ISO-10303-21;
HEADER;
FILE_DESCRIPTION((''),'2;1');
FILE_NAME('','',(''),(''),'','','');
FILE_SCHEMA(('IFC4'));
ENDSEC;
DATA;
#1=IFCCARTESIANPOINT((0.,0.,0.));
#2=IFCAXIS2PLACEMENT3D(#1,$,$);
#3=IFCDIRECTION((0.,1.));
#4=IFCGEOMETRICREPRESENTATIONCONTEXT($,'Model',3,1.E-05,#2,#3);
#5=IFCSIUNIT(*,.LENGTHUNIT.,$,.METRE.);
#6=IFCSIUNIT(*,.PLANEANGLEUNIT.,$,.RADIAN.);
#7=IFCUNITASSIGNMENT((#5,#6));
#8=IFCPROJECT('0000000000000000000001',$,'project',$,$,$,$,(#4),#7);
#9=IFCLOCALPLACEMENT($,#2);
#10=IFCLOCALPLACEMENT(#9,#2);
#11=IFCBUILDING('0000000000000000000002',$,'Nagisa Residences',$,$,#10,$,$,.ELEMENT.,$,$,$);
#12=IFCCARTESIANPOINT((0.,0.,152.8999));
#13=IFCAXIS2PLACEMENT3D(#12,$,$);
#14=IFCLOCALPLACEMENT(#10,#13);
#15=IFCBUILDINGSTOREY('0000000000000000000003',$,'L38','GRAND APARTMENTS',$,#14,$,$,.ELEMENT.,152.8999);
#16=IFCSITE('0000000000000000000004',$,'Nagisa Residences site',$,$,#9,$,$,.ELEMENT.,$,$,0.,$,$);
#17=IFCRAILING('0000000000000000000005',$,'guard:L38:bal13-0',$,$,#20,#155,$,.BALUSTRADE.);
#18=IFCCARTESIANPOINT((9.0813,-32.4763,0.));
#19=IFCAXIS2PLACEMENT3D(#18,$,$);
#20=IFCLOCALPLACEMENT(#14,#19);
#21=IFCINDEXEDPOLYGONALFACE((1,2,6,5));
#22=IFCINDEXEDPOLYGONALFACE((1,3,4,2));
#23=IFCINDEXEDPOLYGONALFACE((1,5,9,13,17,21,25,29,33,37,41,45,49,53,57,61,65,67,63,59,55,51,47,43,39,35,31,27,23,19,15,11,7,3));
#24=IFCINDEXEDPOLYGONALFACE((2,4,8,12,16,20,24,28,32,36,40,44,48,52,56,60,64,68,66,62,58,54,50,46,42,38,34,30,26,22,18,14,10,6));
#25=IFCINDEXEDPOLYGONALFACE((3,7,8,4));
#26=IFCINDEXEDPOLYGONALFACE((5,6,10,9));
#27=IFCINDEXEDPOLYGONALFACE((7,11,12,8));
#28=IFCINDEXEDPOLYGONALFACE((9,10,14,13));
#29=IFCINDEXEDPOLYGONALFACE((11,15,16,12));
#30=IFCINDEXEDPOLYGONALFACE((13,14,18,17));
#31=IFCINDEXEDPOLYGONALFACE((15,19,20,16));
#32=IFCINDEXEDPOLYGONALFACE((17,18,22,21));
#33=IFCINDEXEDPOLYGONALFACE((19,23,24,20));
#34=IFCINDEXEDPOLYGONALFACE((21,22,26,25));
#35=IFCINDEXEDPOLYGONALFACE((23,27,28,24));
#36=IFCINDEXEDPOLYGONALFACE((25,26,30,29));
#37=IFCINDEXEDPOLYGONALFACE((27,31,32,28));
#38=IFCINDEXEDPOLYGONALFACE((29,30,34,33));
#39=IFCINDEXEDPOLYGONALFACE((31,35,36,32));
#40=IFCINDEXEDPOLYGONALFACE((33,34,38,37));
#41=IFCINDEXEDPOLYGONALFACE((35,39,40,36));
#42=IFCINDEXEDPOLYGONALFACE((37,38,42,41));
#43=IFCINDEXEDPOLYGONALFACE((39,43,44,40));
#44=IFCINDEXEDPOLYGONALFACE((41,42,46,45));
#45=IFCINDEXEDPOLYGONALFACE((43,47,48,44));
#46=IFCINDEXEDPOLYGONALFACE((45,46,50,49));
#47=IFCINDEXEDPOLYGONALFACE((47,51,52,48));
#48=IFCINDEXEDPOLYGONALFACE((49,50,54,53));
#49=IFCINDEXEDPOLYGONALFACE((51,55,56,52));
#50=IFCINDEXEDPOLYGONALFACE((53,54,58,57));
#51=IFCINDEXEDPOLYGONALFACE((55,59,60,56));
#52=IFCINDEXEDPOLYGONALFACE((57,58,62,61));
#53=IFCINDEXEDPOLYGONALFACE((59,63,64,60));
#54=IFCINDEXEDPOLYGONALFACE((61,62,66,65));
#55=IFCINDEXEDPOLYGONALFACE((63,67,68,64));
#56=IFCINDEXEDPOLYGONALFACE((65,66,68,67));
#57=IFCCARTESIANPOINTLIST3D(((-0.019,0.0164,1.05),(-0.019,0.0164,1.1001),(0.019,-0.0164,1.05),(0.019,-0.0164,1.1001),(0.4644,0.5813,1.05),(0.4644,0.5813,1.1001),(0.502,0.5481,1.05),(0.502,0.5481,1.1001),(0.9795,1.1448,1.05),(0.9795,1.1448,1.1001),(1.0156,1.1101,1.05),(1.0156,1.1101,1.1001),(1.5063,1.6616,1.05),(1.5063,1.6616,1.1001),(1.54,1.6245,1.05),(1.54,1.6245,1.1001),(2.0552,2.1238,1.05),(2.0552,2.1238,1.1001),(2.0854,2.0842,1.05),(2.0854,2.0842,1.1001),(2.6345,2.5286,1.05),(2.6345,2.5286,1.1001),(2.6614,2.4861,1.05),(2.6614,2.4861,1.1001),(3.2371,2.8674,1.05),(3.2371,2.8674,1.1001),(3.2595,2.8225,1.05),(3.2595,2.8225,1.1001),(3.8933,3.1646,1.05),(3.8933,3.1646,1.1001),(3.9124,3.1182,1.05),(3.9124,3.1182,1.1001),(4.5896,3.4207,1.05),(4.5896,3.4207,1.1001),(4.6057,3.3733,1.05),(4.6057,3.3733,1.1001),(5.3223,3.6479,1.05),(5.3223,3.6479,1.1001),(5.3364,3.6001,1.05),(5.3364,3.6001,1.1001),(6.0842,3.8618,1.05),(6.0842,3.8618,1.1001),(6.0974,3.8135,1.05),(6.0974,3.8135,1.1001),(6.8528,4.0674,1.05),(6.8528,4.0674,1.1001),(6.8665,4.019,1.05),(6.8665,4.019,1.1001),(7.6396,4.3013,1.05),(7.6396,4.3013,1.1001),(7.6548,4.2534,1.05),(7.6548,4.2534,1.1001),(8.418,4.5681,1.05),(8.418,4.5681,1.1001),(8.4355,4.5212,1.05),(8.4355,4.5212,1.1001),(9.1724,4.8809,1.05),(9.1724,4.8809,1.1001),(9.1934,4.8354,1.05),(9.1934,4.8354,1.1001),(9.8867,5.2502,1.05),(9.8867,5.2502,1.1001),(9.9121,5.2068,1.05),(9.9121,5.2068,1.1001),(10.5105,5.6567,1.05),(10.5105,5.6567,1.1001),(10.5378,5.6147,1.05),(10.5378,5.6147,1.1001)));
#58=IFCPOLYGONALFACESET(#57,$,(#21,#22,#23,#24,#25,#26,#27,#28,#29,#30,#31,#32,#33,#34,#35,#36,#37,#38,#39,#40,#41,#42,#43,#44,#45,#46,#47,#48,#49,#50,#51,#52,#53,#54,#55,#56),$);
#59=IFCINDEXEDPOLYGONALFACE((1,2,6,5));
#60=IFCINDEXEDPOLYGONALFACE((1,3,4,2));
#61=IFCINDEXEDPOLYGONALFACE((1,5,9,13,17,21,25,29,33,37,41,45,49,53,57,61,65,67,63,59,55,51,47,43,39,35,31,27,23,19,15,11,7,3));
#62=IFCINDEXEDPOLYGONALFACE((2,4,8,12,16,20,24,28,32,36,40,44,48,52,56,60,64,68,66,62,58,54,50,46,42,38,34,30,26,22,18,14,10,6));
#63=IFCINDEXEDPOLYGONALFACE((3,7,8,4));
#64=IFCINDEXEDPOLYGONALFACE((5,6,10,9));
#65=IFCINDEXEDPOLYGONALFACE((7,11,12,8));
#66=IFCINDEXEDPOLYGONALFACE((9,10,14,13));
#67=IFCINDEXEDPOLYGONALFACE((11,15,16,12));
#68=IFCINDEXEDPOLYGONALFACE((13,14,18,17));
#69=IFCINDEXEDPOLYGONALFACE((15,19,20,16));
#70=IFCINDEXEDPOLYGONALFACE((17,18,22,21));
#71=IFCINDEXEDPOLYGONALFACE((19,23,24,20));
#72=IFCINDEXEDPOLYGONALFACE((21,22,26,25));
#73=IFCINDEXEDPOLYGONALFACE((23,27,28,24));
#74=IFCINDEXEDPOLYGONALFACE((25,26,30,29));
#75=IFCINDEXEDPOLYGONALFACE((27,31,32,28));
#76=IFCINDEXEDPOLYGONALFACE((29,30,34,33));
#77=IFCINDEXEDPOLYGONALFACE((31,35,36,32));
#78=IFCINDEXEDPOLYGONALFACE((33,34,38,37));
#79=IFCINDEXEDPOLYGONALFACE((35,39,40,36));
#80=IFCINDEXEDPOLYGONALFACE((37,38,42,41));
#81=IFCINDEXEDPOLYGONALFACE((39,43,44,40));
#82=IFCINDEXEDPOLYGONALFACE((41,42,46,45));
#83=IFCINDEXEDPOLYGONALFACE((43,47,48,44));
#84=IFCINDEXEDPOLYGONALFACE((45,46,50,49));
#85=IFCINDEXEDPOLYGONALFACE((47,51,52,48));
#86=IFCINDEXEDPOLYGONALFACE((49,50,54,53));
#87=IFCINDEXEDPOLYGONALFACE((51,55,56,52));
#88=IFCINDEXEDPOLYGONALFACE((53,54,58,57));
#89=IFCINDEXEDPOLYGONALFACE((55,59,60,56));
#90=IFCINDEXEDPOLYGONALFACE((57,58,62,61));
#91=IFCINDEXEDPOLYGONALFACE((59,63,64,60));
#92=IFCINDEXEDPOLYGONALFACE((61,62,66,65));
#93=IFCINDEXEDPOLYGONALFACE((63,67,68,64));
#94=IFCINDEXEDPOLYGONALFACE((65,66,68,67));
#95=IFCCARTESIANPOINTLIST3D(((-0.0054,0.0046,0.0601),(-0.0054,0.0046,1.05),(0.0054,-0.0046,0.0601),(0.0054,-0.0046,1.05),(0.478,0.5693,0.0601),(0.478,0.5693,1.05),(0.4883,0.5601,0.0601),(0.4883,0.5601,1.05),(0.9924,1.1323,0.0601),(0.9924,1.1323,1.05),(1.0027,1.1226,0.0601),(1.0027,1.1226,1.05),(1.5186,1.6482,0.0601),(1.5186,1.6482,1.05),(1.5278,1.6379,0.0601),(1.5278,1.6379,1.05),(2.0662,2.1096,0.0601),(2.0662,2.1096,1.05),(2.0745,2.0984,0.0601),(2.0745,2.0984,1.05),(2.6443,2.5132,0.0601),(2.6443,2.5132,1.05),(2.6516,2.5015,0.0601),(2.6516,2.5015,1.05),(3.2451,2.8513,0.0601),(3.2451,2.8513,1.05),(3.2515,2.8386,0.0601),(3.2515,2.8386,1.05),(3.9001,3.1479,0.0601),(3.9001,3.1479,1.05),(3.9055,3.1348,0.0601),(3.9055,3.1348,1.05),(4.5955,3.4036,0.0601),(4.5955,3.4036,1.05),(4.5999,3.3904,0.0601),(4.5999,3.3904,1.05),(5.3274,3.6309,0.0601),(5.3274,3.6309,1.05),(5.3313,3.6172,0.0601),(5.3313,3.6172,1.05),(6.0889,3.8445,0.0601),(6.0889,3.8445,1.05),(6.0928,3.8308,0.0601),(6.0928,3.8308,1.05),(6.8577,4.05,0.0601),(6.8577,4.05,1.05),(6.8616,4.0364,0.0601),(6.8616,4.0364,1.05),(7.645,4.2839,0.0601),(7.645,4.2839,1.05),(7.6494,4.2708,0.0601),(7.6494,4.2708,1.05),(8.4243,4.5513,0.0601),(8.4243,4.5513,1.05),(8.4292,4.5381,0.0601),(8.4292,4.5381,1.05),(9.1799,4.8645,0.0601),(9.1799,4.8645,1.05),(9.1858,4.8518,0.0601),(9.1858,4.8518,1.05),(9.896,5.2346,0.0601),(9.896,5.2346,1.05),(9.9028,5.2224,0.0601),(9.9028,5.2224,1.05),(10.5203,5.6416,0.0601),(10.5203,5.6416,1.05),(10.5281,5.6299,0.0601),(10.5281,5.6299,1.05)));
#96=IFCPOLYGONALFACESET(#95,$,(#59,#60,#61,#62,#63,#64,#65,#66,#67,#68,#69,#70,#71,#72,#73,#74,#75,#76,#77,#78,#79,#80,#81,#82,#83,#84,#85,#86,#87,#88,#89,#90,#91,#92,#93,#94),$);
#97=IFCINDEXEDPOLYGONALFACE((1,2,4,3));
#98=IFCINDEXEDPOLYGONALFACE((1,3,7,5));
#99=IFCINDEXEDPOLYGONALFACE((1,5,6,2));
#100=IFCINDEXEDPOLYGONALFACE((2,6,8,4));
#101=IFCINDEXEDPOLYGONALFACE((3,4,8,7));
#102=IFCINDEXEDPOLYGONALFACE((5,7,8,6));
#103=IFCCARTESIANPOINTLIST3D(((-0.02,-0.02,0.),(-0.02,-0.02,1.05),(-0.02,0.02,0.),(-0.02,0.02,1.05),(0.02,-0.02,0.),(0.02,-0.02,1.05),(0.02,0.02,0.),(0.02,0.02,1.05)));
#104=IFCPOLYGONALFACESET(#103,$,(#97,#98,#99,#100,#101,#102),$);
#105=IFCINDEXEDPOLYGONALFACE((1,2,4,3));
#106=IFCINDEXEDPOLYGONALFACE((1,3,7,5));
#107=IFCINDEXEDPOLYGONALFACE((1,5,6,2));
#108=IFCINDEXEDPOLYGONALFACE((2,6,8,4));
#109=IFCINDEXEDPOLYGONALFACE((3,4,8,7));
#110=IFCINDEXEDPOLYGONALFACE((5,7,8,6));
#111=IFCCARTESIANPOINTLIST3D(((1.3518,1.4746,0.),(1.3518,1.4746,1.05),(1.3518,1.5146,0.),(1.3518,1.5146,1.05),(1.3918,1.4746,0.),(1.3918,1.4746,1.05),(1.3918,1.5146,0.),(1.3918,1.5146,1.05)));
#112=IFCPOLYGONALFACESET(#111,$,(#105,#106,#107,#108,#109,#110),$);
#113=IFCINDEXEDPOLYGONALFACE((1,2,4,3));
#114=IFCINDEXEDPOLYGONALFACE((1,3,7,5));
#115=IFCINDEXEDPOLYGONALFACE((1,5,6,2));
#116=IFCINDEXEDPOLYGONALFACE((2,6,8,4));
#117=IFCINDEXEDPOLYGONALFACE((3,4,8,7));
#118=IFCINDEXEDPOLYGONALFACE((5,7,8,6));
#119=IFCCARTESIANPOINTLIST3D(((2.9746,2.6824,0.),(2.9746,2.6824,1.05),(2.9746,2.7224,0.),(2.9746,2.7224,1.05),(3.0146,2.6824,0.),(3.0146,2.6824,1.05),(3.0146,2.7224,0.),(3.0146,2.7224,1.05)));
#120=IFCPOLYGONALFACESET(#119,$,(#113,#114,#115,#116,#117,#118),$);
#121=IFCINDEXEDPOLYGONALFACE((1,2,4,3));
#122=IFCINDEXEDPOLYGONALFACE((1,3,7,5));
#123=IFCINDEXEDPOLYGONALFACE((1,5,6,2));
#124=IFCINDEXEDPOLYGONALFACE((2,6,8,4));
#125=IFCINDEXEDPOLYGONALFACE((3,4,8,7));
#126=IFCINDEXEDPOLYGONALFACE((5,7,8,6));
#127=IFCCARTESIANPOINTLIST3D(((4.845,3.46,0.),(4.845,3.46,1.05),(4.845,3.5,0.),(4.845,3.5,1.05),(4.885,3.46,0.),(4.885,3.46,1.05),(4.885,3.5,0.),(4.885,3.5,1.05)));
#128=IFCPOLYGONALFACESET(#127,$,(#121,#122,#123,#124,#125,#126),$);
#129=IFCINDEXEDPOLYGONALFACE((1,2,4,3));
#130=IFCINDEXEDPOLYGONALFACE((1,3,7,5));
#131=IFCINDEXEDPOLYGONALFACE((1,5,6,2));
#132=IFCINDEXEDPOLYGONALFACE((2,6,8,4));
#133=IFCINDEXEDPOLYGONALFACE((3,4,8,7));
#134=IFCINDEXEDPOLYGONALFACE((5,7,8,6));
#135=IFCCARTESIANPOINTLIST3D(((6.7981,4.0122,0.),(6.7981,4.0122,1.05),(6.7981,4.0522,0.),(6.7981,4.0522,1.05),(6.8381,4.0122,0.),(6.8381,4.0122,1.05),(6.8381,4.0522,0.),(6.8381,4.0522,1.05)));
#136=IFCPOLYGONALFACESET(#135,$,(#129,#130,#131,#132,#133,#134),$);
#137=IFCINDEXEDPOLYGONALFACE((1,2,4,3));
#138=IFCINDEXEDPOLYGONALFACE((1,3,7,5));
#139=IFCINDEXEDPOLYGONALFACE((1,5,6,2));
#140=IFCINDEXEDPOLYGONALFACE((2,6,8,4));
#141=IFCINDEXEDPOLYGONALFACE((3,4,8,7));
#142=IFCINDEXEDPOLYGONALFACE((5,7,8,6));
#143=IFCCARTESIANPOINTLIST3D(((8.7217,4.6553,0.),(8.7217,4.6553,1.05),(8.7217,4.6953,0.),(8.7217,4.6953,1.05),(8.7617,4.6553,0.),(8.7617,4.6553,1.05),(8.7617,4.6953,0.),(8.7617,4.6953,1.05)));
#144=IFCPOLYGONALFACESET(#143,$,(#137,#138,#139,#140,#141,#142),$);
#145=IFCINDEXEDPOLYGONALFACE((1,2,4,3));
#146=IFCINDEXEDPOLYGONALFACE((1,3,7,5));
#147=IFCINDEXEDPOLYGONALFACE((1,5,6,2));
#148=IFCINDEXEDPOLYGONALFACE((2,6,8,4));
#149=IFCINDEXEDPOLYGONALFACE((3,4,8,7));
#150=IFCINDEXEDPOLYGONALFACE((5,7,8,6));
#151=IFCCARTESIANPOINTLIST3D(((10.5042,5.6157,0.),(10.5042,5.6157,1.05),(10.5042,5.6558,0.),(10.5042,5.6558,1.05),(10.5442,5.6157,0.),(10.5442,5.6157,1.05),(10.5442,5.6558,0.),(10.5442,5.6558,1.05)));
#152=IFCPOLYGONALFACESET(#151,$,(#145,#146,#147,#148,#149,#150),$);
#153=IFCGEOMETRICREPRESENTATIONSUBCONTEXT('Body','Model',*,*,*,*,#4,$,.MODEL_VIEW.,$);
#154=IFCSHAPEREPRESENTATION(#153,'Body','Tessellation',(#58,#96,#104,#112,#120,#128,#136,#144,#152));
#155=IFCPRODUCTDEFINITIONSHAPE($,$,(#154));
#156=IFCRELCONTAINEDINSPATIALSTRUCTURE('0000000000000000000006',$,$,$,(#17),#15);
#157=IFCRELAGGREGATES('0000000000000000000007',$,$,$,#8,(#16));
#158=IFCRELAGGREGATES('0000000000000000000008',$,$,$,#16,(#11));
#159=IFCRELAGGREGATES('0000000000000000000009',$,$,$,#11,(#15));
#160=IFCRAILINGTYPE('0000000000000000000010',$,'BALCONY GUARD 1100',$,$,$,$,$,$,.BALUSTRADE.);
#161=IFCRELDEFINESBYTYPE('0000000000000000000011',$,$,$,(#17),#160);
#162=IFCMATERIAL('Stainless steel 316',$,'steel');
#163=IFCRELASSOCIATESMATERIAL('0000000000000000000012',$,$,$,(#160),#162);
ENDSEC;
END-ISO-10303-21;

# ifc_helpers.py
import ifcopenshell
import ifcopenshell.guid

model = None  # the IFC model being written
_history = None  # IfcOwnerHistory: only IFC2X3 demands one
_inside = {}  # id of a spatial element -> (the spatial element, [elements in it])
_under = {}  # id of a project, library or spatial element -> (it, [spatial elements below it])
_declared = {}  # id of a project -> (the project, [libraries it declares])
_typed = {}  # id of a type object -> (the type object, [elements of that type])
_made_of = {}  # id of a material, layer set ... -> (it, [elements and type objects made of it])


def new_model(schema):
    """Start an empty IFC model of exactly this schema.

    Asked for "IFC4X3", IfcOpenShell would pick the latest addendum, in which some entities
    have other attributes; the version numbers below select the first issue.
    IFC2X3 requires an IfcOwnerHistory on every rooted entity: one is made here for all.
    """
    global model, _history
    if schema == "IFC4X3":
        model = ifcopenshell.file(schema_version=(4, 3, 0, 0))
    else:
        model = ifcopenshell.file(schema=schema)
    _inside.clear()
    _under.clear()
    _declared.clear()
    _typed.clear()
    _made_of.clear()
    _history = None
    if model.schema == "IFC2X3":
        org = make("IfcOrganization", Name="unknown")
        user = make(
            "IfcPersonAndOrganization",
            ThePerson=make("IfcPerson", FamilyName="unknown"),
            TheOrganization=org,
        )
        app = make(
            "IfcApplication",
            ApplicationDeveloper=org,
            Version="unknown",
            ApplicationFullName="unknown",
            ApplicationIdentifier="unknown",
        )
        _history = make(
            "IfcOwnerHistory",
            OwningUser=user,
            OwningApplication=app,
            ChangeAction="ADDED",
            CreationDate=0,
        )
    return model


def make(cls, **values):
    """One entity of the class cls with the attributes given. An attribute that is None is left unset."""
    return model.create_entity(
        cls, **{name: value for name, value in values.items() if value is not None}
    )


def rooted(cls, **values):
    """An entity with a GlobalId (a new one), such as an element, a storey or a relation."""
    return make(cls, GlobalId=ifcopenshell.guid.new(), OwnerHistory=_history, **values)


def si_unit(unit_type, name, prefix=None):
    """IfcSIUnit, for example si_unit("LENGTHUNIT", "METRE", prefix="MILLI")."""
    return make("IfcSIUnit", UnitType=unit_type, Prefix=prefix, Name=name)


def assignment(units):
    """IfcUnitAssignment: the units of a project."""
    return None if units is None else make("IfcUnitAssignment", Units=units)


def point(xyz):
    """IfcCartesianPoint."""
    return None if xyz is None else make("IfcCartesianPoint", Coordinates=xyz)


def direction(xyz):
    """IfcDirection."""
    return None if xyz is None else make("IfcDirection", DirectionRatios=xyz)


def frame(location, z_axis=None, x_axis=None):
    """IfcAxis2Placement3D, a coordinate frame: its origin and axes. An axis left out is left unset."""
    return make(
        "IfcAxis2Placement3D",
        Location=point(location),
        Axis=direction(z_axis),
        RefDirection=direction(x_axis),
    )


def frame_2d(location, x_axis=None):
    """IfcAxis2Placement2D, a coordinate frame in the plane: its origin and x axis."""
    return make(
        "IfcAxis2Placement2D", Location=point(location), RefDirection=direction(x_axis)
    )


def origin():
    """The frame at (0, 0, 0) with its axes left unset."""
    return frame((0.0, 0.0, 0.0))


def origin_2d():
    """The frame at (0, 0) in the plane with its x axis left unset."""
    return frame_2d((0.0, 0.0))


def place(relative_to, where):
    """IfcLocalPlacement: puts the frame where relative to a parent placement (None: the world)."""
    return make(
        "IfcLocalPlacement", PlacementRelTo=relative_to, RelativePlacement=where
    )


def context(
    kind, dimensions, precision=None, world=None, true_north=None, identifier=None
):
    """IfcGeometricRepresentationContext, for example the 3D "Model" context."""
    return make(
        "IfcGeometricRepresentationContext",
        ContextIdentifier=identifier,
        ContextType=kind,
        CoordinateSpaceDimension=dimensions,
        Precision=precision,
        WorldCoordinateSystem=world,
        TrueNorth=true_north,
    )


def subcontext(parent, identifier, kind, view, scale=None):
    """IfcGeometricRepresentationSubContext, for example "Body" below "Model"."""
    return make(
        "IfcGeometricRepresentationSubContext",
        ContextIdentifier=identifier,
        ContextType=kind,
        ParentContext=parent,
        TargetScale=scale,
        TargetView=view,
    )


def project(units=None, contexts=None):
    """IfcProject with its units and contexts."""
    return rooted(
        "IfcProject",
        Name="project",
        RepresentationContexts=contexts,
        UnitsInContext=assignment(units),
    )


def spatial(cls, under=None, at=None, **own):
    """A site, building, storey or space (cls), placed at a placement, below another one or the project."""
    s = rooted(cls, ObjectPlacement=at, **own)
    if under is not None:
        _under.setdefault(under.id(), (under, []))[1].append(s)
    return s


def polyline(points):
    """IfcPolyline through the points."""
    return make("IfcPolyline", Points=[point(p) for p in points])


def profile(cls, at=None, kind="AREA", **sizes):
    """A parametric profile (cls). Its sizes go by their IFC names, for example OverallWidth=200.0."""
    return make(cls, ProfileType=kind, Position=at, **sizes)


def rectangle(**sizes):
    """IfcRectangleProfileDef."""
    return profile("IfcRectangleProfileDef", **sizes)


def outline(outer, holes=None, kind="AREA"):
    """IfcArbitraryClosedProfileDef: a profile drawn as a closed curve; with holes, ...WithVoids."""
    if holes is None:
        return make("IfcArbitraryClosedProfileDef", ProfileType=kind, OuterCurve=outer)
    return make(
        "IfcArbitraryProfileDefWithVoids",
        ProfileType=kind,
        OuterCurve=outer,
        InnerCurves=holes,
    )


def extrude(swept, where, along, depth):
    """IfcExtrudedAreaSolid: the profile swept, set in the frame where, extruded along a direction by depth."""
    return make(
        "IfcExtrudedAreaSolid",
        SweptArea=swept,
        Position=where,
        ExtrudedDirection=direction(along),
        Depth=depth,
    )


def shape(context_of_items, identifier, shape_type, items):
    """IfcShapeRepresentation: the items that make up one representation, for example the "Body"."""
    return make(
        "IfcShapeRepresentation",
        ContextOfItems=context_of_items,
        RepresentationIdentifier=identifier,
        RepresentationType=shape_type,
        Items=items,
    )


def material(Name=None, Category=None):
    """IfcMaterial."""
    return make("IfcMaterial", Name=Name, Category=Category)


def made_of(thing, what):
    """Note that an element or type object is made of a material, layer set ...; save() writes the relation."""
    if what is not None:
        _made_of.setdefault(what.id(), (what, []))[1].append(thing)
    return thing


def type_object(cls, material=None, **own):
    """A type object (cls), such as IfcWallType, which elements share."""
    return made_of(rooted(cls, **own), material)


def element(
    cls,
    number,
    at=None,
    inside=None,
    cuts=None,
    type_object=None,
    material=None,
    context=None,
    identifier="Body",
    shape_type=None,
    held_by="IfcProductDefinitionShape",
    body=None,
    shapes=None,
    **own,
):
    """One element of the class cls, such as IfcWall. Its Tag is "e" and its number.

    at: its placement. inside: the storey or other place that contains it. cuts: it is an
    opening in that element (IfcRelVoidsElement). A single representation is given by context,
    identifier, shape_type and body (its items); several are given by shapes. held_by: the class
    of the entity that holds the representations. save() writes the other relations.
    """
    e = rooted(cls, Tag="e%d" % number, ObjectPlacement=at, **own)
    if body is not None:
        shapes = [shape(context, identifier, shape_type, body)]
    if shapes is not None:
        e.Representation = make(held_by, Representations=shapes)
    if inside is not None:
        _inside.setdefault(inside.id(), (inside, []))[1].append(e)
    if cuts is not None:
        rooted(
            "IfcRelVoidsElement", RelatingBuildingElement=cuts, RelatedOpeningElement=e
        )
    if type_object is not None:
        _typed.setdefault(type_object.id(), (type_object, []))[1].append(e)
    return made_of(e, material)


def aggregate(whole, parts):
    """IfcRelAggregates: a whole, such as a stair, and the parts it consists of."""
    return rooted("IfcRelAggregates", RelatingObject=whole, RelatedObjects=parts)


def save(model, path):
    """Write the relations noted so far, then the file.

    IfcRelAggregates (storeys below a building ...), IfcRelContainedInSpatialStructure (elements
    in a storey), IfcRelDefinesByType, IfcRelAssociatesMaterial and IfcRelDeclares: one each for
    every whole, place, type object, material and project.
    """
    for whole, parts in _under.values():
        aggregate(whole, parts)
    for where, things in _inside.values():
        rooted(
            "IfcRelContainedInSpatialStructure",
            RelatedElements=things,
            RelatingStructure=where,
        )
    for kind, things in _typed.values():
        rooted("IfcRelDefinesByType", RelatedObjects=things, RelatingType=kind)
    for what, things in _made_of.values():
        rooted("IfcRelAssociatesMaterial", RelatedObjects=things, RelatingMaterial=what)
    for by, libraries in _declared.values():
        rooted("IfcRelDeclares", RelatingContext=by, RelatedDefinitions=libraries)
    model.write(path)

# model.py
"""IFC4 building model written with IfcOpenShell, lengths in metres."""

from ifc_helpers import new_model, si_unit, direction, frame, origin, origin_2d, place, context, subcontext, project, spatial, polyline, rectangle, outline, extrude, material, type_object, element, save


model = new_model("IFC4")

# Units and contexts
model_context = context("Model", 3, precision=1e-05, world=origin(), true_north=direction((0.0, 1.0)))
body_context = subcontext(model_context, "Body", "Model", "MODEL_VIEW")
ifc_project = project(units=[si_unit("LENGTHUNIT", "METRE"), si_unit("PLANEANGLEUNIT", "RADIAN")], contexts=[model_context])

# Site, building, storey
site_placement = place(None, origin())
site = spatial("IfcSite", under=ifc_project, at=site_placement, Name="Nagisa Residences site", CompositionType="ELEMENT", RefElevation=0.0)
building_placement = place(site_placement, origin())
building = spatial("IfcBuilding", under=site, at=building_placement, Name="Nagisa Residences", CompositionType="ELEMENT")
storey_placement = place(building_placement, frame((0.0, 0.0, 152.8999)))
storey = spatial("IfcBuildingStorey", under=building, at=storey_placement, Name="L38", Description="GRAND APARTMENTS", CompositionType="ELEMENT", Elevation=152.8999)

# Railing
ifc_material_1 = material(Name="Stainless steel 316", Category="steel")
railing_type = type_object("IfcRailingType", Name="BALCONY GUARD 1100", PredefinedType="BALUSTRADE", material=ifc_material_1)
railing_placement = place(storey_placement, frame((9.0813, -32.4763, 0.0)))
element("IfcRailing", 1, at=railing_placement, inside=storey, type_object=railing_type, Name="guard:L38:bal13-0", PredefinedType="BALUSTRADE", context=body_context, shape_type="SweptSolid", body=[
    extrude(outline(polyline([(0.4644, 0.5813), (-0.019, 0.0164), (0.019, -0.0164), (0.502, 0.5481), (1.0156, 1.1101), (1.54, 1.6245), (2.0854, 2.0842), (2.6614, 2.4861), (3.2595, 2.8225), (3.9124, 3.1182), (4.6057, 3.3733), (5.3364, 3.6001), (6.0974, 3.8135), (6.8665, 4.019), (7.6548, 4.2534), (8.4355, 4.5212), (9.1934, 4.8354), (9.9121, 5.2068), (10.5378, 5.6147), (10.5105, 5.6567), (9.8867, 5.2502), (9.1724, 4.8809), (8.418, 4.5681), (7.6396, 4.3013), (6.8528, 4.0674), (6.0842, 3.8618), (5.3223, 3.6479), (4.5896, 3.4207), (3.8933, 3.1646), (3.2371, 2.8674), (2.6345, 2.5286), (2.0552, 2.1238), (1.5063, 1.6616), (0.9795, 1.1448), (0.4644, 0.5813)])), frame((0.0, 0.0, 1.05)), (0.0, 0.0, 1.0), 0.05),
    extrude(outline(polyline([(0.478, 0.5693), (-0.0054, 0.0046), (0.0054, -0.0046), (0.4883, 0.5601), (1.0027, 1.1226), (1.5278, 1.6379), (2.0745, 2.0984), (2.6516, 2.5015), (3.2515, 2.8386), (3.9055, 3.1348), (4.5999, 3.3904), (5.3313, 3.6172), (6.0928, 3.8308), (6.8616, 4.0364), (7.6494, 4.2708), (8.4292, 4.5381), (9.1858, 4.8518), (9.9028, 5.2224), (10.5281, 5.6299), (10.5203, 5.6416), (9.896, 5.2346), (9.1799, 4.8645), (8.4243, 4.5513), (7.645, 4.2839), (6.8577, 4.05), (6.0889, 3.8445), (5.3274, 3.6309), (4.5955, 3.4036), (3.9001, 3.1479), (3.2451, 2.8513), (2.6443, 2.5132), (2.0662, 2.1096), (1.5186, 1.6482), (0.9924, 1.1323), (0.478, 0.5693)])), frame((0.0, 0.0, 0.0601)), (0.0, 0.0, 1.0), 0.99),
    extrude(rectangle(XDim=0.04, YDim=0.04, at=origin_2d()), origin(), (0.0, 0.0, 1.0), 1.05),
    extrude(rectangle(XDim=0.04, YDim=0.04, at=origin_2d()), frame((1.3718, 1.4946, 0.0)), (0.0, 0.0, 1.0), 1.05),
    extrude(rectangle(XDim=0.04, YDim=0.04, at=origin_2d()), frame((2.9946, 2.7024, 0.0)), (0.0, 0.0, 1.0), 1.05),
    extrude(rectangle(XDim=0.04, YDim=0.04, at=origin_2d()), frame((4.865, 3.48, 0.0)), (0.0, 0.0, 1.0), 1.05),
    extrude(rectangle(XDim=0.04, YDim=0.04, at=origin_2d()), frame((6.8181, 4.0322, 0.0)), (0.0, 0.0, 1.0), 1.05),
    extrude(rectangle(XDim=0.04, YDim=0.04, at=origin_2d()), frame((8.7417, 4.6753, 0.0)), (0.0, 0.0, 1.0), 1.05),
    extrude(rectangle(XDim=0.04, YDim=0.04, at=origin_2d()), frame((10.5242, 5.6357, 0.0)), (0.0, 0.0, 1.0), 1.05),
])

save(model, "model.ifc")
